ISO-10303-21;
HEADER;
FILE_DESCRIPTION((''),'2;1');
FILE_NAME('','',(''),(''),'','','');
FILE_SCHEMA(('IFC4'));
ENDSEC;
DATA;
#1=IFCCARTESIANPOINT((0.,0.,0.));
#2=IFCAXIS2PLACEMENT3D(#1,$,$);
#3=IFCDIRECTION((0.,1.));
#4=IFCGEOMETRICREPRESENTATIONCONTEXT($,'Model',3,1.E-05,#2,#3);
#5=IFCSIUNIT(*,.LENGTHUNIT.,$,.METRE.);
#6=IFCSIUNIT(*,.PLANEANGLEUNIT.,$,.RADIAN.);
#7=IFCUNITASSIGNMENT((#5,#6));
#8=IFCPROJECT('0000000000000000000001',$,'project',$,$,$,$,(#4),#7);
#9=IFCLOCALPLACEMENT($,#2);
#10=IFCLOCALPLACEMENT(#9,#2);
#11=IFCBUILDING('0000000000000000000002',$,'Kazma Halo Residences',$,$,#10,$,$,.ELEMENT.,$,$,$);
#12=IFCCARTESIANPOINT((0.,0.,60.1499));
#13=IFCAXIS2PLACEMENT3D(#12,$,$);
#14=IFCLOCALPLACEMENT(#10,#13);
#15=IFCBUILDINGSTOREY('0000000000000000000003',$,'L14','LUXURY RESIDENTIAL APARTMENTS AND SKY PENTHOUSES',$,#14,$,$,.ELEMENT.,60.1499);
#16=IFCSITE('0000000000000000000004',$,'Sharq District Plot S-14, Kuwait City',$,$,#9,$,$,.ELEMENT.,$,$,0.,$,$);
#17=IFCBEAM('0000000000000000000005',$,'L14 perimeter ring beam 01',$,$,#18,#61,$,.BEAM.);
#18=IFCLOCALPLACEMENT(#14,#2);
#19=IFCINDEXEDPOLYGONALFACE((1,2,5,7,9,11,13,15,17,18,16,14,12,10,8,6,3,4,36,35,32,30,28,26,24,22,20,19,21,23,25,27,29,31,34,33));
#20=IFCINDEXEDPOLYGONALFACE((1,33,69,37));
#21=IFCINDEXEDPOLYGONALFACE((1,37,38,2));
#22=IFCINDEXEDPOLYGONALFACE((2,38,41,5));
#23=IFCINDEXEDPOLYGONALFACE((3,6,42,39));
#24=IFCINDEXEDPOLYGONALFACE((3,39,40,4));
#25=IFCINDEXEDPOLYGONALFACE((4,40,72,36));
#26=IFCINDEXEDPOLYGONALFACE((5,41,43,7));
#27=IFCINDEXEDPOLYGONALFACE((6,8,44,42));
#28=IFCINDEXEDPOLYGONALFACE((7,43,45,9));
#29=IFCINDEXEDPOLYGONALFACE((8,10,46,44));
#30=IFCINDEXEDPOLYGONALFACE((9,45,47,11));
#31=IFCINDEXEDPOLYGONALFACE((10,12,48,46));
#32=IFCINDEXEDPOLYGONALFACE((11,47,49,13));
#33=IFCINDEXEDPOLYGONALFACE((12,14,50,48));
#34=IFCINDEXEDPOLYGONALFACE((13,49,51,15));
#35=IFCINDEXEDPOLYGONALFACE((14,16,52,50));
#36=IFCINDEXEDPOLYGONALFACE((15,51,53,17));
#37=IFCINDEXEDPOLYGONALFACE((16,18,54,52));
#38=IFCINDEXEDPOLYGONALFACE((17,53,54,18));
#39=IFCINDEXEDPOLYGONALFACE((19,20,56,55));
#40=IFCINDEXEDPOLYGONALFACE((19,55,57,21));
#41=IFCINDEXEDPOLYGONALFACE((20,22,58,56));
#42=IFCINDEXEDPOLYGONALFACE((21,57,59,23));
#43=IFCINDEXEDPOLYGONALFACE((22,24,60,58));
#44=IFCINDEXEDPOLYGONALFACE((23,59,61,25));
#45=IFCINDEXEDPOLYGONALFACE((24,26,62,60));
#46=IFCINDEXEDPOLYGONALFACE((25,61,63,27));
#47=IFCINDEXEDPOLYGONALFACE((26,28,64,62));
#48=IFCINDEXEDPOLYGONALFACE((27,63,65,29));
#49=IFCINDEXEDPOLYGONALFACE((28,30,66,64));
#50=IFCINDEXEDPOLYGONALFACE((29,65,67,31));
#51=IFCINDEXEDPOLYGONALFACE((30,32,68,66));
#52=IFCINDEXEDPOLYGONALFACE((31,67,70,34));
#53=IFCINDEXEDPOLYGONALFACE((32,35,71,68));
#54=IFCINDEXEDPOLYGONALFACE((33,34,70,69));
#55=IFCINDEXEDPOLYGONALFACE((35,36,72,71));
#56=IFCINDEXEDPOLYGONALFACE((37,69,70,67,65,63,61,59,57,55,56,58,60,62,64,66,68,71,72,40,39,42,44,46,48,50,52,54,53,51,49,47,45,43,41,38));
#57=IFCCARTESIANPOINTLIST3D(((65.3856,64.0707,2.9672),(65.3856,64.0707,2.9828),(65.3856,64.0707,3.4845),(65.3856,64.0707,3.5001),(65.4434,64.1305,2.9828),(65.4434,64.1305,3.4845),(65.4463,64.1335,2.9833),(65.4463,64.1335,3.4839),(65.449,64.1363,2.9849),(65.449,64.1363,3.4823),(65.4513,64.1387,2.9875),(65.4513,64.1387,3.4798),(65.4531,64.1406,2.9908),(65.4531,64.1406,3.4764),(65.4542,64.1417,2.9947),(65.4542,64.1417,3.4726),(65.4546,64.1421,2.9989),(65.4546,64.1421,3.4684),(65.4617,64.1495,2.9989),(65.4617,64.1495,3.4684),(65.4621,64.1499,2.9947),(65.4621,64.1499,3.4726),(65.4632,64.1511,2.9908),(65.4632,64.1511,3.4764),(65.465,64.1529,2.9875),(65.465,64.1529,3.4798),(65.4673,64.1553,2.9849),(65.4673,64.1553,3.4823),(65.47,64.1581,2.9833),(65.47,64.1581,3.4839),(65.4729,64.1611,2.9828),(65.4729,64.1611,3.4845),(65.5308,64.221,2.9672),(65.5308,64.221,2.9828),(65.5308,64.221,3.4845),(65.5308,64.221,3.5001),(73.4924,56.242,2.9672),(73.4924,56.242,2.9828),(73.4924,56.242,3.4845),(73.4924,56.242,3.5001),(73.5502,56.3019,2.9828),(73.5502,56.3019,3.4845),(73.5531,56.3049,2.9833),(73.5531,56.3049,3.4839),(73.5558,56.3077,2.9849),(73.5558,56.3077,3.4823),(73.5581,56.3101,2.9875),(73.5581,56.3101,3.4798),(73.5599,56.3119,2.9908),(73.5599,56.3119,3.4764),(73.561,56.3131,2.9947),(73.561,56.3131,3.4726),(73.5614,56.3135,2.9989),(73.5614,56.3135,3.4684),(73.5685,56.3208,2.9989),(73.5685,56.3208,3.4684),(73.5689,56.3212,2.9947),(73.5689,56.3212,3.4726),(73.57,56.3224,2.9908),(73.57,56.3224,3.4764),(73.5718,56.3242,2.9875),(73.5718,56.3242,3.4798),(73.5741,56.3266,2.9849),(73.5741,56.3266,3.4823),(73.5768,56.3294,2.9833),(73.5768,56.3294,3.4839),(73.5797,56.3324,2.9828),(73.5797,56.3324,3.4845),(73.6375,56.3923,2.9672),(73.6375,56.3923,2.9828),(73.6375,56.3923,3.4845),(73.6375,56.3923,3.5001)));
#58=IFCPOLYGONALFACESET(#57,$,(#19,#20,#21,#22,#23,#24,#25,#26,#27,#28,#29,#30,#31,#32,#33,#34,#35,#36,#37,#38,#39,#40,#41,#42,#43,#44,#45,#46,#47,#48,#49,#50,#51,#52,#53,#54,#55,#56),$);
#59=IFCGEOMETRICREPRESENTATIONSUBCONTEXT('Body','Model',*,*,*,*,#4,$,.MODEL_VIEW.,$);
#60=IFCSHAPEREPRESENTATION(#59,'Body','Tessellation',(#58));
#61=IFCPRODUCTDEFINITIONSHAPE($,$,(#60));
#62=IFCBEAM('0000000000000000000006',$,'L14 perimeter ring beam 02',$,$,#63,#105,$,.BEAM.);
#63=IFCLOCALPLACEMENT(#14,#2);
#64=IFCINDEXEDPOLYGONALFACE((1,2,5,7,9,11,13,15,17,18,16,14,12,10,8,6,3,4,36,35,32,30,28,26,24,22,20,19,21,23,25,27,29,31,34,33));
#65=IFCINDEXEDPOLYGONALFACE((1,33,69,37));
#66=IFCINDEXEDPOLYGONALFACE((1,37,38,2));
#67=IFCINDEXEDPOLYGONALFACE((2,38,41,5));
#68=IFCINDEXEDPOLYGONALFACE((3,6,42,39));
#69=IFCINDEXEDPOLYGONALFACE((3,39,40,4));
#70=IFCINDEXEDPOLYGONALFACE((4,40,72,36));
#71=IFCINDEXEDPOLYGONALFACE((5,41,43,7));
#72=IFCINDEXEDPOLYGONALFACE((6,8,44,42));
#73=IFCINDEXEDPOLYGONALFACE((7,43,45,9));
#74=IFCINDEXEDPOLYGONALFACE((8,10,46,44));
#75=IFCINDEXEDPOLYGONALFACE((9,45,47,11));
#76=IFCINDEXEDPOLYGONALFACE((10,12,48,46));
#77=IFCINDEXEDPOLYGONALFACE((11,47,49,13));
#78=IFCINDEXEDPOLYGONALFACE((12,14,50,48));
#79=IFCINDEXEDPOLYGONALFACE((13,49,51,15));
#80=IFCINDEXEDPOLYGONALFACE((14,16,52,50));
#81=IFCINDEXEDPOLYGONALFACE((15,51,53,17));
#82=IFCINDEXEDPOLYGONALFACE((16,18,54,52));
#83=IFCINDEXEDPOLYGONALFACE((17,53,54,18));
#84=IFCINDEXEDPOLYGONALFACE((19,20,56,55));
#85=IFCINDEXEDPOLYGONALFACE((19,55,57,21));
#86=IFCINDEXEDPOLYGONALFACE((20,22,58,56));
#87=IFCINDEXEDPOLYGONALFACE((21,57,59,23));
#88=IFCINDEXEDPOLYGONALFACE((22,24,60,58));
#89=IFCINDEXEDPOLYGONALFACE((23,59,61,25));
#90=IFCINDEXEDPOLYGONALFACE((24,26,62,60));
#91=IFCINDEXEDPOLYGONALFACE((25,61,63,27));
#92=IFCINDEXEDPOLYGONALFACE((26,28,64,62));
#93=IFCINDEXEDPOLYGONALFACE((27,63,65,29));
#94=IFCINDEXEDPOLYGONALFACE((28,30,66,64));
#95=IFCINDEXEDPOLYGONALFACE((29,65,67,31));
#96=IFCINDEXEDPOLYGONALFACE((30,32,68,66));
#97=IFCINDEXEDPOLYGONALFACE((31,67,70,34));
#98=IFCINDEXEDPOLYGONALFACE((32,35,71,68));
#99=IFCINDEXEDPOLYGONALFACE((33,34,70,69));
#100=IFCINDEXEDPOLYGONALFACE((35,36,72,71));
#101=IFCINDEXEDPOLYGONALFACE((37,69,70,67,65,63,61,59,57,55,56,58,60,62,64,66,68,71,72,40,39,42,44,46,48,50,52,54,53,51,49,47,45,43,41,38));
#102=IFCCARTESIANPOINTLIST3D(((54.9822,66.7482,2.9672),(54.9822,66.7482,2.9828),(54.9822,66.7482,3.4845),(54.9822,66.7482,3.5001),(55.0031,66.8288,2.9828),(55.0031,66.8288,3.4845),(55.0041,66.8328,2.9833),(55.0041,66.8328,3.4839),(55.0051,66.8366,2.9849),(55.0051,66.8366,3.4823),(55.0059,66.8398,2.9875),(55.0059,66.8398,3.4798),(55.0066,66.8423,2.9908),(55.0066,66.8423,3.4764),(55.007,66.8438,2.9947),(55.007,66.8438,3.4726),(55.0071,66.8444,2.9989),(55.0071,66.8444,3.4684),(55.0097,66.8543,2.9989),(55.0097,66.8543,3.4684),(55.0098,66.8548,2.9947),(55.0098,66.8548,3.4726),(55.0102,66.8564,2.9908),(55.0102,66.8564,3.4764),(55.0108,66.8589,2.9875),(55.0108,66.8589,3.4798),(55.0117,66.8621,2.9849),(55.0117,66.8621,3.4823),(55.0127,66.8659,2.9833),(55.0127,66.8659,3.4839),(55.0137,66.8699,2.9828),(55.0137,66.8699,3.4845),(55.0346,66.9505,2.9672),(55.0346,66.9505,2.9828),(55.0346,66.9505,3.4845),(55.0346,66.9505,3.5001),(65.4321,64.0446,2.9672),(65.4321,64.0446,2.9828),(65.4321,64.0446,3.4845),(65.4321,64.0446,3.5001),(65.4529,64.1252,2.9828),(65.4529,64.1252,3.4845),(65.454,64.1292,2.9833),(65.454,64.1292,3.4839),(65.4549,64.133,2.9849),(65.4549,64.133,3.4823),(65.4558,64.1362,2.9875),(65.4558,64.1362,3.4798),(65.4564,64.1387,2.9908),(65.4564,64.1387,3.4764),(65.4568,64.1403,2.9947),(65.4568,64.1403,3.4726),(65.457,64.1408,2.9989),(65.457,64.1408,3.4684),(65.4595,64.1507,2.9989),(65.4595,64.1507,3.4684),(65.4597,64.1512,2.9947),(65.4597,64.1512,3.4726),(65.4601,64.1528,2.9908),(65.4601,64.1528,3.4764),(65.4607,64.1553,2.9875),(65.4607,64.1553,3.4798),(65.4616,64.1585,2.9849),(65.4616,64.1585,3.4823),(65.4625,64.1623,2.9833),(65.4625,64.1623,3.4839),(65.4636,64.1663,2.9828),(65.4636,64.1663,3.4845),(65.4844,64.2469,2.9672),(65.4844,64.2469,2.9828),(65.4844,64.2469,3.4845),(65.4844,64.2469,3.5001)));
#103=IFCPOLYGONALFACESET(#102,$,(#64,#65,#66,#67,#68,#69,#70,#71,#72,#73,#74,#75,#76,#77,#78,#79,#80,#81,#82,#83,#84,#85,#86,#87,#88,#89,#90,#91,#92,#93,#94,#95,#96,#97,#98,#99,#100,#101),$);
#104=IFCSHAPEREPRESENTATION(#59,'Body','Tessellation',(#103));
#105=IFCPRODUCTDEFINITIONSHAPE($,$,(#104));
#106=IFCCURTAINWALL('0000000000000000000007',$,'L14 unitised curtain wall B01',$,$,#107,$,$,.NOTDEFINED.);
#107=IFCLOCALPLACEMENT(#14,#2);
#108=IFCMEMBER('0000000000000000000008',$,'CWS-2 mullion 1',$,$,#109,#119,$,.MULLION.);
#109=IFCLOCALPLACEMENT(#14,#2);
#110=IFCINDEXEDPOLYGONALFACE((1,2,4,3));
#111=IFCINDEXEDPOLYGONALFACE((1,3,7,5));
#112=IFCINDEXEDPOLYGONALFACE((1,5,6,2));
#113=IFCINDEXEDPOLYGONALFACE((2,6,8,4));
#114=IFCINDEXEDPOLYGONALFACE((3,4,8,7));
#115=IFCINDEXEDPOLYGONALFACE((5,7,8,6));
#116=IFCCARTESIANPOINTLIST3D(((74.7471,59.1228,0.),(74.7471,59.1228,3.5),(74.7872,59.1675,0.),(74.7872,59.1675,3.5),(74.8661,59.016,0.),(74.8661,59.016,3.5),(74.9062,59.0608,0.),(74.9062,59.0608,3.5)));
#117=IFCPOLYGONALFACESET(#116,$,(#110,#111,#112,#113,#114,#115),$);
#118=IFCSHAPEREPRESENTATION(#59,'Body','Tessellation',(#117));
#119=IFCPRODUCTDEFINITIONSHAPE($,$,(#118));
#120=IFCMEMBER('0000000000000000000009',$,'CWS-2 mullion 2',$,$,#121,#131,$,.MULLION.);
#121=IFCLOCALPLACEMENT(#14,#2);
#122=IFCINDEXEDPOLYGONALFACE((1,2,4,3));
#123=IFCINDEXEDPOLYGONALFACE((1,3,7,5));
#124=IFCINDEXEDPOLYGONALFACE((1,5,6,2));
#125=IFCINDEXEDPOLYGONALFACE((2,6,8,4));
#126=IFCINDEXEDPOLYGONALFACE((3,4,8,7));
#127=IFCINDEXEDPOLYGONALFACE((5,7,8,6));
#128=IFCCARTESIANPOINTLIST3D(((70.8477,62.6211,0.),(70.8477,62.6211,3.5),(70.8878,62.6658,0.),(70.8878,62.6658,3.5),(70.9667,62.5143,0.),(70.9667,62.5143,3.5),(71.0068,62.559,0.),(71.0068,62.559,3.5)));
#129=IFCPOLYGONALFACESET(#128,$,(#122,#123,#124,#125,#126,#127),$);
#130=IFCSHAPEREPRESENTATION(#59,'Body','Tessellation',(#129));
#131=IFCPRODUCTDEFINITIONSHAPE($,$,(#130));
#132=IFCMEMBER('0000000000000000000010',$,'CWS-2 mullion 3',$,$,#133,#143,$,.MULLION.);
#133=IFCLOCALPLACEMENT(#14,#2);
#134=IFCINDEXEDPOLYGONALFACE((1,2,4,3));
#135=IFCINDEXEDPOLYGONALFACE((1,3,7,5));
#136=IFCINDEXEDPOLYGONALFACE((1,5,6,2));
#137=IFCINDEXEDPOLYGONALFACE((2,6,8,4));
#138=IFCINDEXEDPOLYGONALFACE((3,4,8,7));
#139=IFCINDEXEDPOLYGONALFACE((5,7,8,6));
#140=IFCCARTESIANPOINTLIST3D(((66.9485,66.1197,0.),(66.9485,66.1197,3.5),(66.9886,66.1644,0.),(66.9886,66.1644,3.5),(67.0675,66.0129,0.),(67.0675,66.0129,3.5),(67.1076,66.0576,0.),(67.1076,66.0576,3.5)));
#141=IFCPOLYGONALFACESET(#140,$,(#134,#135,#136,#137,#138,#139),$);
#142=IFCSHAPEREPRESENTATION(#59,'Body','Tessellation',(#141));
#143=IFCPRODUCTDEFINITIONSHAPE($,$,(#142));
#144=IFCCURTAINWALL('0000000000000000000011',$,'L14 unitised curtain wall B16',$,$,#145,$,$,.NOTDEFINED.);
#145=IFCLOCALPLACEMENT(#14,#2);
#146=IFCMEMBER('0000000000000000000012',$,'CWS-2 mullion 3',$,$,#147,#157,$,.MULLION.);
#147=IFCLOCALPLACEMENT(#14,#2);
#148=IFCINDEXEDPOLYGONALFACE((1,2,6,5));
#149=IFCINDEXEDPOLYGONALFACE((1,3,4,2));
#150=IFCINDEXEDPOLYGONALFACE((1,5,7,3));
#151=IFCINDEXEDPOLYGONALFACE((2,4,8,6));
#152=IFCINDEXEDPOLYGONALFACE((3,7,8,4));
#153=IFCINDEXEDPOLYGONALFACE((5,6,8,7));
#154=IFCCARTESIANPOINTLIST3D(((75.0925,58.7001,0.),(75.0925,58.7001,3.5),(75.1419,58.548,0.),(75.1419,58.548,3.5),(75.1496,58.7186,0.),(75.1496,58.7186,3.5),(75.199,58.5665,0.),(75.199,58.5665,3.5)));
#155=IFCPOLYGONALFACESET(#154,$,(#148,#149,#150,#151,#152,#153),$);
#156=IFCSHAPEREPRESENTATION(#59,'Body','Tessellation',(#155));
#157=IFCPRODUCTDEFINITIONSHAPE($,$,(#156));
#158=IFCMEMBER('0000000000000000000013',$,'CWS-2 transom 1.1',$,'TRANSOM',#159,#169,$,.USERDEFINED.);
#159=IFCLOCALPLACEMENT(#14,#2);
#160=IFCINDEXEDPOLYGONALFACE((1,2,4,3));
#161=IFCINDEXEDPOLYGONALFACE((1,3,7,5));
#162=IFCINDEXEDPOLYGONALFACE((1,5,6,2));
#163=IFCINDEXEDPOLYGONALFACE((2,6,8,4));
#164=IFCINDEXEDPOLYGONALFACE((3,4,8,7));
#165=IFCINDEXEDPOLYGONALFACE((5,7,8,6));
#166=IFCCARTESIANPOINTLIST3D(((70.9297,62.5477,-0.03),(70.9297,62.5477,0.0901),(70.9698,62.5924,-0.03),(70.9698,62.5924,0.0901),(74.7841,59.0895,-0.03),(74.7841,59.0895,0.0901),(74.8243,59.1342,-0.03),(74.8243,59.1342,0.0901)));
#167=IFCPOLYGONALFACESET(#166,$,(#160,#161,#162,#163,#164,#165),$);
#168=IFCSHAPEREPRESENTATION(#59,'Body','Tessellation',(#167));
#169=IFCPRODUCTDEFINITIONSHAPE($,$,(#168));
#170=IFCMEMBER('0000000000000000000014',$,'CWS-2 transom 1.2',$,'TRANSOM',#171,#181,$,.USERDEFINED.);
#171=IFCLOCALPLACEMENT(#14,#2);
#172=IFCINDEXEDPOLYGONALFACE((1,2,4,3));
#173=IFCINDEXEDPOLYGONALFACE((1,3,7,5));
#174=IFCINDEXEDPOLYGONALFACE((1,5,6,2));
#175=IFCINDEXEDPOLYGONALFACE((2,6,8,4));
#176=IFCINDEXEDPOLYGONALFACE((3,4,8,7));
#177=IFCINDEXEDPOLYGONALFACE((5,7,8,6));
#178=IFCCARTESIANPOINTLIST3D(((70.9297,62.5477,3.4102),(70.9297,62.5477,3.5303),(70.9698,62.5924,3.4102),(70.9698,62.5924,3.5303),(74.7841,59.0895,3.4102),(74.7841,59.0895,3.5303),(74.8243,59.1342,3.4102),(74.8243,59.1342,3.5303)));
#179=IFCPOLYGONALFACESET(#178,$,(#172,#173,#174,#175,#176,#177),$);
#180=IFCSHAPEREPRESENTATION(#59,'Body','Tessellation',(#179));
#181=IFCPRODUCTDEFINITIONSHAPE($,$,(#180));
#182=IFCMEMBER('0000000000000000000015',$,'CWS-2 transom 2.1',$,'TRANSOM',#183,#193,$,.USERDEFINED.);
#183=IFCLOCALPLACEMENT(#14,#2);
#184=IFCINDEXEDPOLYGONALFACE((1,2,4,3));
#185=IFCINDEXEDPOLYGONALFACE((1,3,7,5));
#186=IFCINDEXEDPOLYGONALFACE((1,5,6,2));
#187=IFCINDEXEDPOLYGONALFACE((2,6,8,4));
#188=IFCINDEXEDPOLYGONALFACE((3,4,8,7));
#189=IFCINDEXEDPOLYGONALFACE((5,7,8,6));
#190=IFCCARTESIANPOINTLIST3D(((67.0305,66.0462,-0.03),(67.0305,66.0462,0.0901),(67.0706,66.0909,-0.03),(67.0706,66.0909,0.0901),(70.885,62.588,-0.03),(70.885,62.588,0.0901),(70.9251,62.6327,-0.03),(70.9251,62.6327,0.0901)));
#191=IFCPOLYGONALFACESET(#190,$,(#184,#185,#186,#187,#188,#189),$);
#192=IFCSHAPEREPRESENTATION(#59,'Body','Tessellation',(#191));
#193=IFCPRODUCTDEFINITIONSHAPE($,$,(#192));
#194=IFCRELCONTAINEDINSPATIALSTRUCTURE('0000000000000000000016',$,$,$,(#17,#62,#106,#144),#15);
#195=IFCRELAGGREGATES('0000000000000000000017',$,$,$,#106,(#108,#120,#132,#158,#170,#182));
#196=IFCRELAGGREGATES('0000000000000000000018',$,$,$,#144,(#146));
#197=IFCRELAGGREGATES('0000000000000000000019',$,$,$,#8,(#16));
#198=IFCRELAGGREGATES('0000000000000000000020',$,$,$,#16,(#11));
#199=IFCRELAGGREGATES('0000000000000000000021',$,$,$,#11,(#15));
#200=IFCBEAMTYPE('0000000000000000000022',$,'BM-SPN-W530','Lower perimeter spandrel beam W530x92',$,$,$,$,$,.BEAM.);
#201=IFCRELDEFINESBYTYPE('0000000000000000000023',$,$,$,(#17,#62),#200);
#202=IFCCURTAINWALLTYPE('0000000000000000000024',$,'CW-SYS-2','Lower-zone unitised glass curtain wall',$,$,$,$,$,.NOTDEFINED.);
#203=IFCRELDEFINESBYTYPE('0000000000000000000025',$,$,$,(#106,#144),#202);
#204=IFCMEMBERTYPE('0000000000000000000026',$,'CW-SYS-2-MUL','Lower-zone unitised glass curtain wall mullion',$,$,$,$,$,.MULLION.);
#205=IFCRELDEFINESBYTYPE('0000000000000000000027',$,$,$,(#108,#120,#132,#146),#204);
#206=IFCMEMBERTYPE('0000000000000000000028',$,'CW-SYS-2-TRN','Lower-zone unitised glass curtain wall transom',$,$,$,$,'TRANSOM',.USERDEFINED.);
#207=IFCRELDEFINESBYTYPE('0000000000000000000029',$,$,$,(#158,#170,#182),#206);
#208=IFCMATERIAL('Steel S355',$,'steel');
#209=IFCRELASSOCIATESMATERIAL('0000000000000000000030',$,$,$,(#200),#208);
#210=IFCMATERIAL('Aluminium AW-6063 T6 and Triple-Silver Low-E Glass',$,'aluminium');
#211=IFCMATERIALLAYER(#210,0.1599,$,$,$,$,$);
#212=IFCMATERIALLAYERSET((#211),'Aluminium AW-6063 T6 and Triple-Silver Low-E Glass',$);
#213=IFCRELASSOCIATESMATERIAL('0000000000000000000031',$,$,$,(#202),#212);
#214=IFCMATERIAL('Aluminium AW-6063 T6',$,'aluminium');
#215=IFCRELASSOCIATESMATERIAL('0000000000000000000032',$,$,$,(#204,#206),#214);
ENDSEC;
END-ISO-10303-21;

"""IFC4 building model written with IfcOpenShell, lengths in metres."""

from ifc_helpers import new_model, si_unit, direction, frame, origin, origin_2d, place, context, subcontext, project, spatial, rectangle, i_section, extrude, material, layer, layer_set, material_profile, profile_set, type_object, element, aggregate, save


model = new_model("IFC4")

# Units and contexts
model_context = context("Model", 3, precision=1e-05, world=origin(), true_north=direction((0.0, 1.0)))
body_context = subcontext(model_context, "Body", "Model", "MODEL_VIEW")
ifc_project = project(units=[si_unit("LENGTHUNIT", "METRE"), si_unit("PLANEANGLEUNIT", "RADIAN")], contexts=[model_context])

# Site, building, storey
site_placement = place(None, origin())
site = spatial("IfcSite", under=ifc_project, at=site_placement, Name="Sharq District Plot S-14, Kuwait City", CompositionType="ELEMENT", RefElevation=0.0)
building_placement = place(site_placement, origin())
building = spatial("IfcBuilding", under=site, at=building_placement, Name="Kazma Halo Residences", CompositionType="ELEMENT")
storey_placement = place(building_placement, frame((0.0, 0.0, 60.1499)))
storey = spatial("IfcBuildingStorey", under=building, at=storey_placement, Name="L14", Description="LUXURY RESIDENTIAL APARTMENTS AND SKY PENTHOUSES", CompositionType="ELEMENT", Elevation=60.1499)

# Beams
ifc_material_1 = material(Name="Steel S355", Category="steel")
ifc_material_profile_1 = material_profile(ifc_material_1, i_section(OverallWidth=0.209, OverallDepth=0.533, WebThickness=0.0103, FlangeThickness=0.0156, FilletRadius=0.0161, at=origin_2d()), Name="W530x92")
ifc_profile_set_1 = profile_set([ifc_material_profile_1], Name="Steel S355")
beam_type_1 = type_object("IfcBeamType", Name="BM-SPN-W530", Description="Lower perimeter spandrel beam W530x92", PredefinedType="BEAM", material=ifc_profile_set_1)
beam_1_placement = place(storey_placement, frame((73.5649, 56.3171, 3.2336), z_axis=(-0.719337, 0.694662, 0.0), x_axis=(-0.694662, -0.719337, 0.0)))
element("IfcBeam", 1, at=beam_1_placement, inside=storey, type_object=beam_type_1, Name="L14 perimeter ring beam 01", PredefinedType="BEAM", context=body_context, shape_type="SweptSolid", body=[
    extrude(i_section(OverallWidth=0.209, OverallDepth=0.533, WebThickness=0.0103, FlangeThickness=0.0156, FilletRadius=0.0161, at=origin_2d()), origin(), (0.0, 0.0, 1.0), 11.2698),
])
beam_2_placement = place(storey_placement, frame((65.4583, 64.1458, 3.2336), z_axis=(-0.968124, 0.250473, 0.0), x_axis=(-0.250473, -0.968124, 0.0)))
element("IfcBeam", 2, at=beam_2_placement, inside=storey, type_object=beam_type_1, Name="L14 perimeter ring beam 02", PredefinedType="BEAM", context=body_context, shape_type="SweptSolid", body=[
    extrude(i_section(OverallWidth=0.209, OverallDepth=0.533, WebThickness=0.0103, FlangeThickness=0.0156, FilletRadius=0.0161, at=origin_2d()), origin(), (0.0, 0.0, 1.0), 10.7939),
])

# Curtain wall, members
ifc_material_2 = material(Name="Aluminium AW-6063 T6 and Triple-Silver Low-E Glass", Category="aluminium")
ifc_layer_1 = layer(ifc_material_2, 0.1599)
ifc_layer_set_1 = layer_set([ifc_layer_1], Name="Aluminium AW-6063 T6 and Triple-Silver Low-E Glass")
curtain_wall_type = type_object("IfcCurtainWallType", Name="CW-SYS-2", Description="Lower-zone unitised glass curtain wall", PredefinedType="NOTDEFINED", material=ifc_layer_set_1)
curtain_wall_1_placement = place(storey_placement, origin())
curtain_wall_1 = element("IfcCurtainWall", 3, at=curtain_wall_1_placement, inside=storey, type_object=curtain_wall_type, Name="L14 unitised curtain wall B01", PredefinedType="NOTDEFINED")
ifc_material_3 = material(Name="Aluminium AW-6063 T6", Category="aluminium")
ifc_material_profile_2 = material_profile(ifc_material_3, rectangle(XDim=0.0601, YDim=0.1599, at=origin_2d()), Name="CWM-60x160")
ifc_profile_set_2 = profile_set([ifc_material_profile_2], Name="Aluminium AW-6063 T6")
member_type_1 = type_object("IfcMemberType", Name="CW-SYS-2-MUL", Description="Lower-zone unitised glass curtain wall mullion", PredefinedType="MULLION", material=ifc_profile_set_2)
member_1_placement = place(storey_placement, frame((74.8267, 59.0918, 0.0), z_axis=(0.0, 0.0, 1.0), x_axis=(-0.667821, -0.744322, 0.0)))
member_1 = element("IfcMember", 4, at=member_1_placement, type_object=member_type_1, Name="CWS-2 mullion 1", PredefinedType="MULLION", context=body_context, shape_type="SweptSolid", body=[
    extrude(rectangle(XDim=0.0601, YDim=0.1599, at=origin_2d()), origin(), (0.0, 0.0, 1.0), 3.5),
])
member_2_placement = place(storey_placement, frame((70.9272, 62.5901, 0.0), z_axis=(0.0, 0.0, 1.0), x_axis=(-0.667821, -0.744322, 0.0)))
member_2 = element("IfcMember", 5, at=member_2_placement, type_object=member_type_1, Name="CWS-2 mullion 2", PredefinedType="MULLION", context=body_context, shape_type="SweptSolid", body=[
    extrude(rectangle(XDim=0.0601, YDim=0.1599, at=origin_2d()), origin(), (0.0, 0.0, 1.0), 3.5),
])
member_3_placement = place(storey_placement, frame((67.0281, 66.0886, 0.0), z_axis=(0.0, 0.0, 1.0), x_axis=(-0.667821, -0.744322, 0.0)))
member_3 = element("IfcMember", 6, at=member_3_placement, type_object=member_type_1, Name="CWS-2 mullion 3", PredefinedType="MULLION", context=body_context, shape_type="SweptSolid", body=[
    extrude(rectangle(XDim=0.0601, YDim=0.1599, at=origin_2d()), origin(), (0.0, 0.0, 1.0), 3.5),
])

# Curtain wall, member
curtain_wall_2_placement = place(storey_placement, origin())
curtain_wall_2 = element("IfcCurtainWall", 7, at=curtain_wall_2_placement, inside=storey, type_object=curtain_wall_type, Name="L14 unitised curtain wall B16", PredefinedType="NOTDEFINED")
member_4_placement = place(storey_placement, frame((75.1458, 58.6333, 0.0), z_axis=(0.0, 0.0, 1.0), x_axis=(-0.951057, -0.309017, 0.0)))
member_4 = element("IfcMember", 8, at=member_4_placement, type_object=member_type_1, Name="CWS-2 mullion 3", PredefinedType="MULLION", context=body_context, shape_type="SweptSolid", body=[
    extrude(rectangle(XDim=0.0601, YDim=0.1599, at=origin_2d()), origin(), (0.0, 0.0, 1.0), 3.5),
])

# Members
ifc_material_profile_3 = material_profile(ifc_material_3, rectangle(XDim=0.0601, YDim=0.1201, at=origin_2d()), Name="CWT-60x120")
ifc_profile_set_3 = profile_set([ifc_material_profile_3], Name="Aluminium AW-6063 T6")
member_type_2 = type_object("IfcMemberType", Name="CW-SYS-2-TRN", Description="Lower-zone unitised glass curtain wall transom", ElementType="TRANSOM", PredefinedType="USERDEFINED", material=ifc_profile_set_3)
member_5_placement = place(storey_placement, frame((74.8042, 59.1118, 0.03), z_axis=(-0.744329, 0.667813, 0.0), x_axis=(-0.667813, -0.744329, 0.0)))
member_5 = element("IfcMember", 9, at=member_5_placement, type_object=member_type_2, Name="CWS-2 transom 1.1", ObjectType="TRANSOM", PredefinedType="USERDEFINED", context=body_context, shape_type="SweptSolid", body=[
    extrude(rectangle(XDim=0.0601, YDim=0.1201, at=origin_2d()), origin(), (0.0, 0.0, 1.0), 5.1785),
])
member_6_placement = place(storey_placement, frame((74.8042, 59.1118, 3.4702), z_axis=(-0.744329, 0.667813, 0.0), x_axis=(-0.667813, -0.744329, 0.0)))
member_6 = element("IfcMember", 10, at=member_6_placement, type_object=member_type_2, Name="CWS-2 transom 1.2", ObjectType="TRANSOM", PredefinedType="USERDEFINED", context=body_context, shape_type="SweptSolid", body=[
    extrude(rectangle(XDim=0.0601, YDim=0.1201, at=origin_2d()), origin(), (0.0, 0.0, 1.0), 5.1785),
])
member_7_placement = place(storey_placement, frame((70.905, 62.6104, 0.03), z_axis=(-0.744329, 0.667813, 0.0), x_axis=(-0.667813, -0.744329, 0.0)))
member_7 = element("IfcMember", 11, at=member_7_placement, type_object=member_type_2, Name="CWS-2 transom 2.1", ObjectType="TRANSOM", PredefinedType="USERDEFINED", context=body_context, shape_type="SweptSolid", body=[
    extrude(rectangle(XDim=0.0601, YDim=0.1201, at=origin_2d()), origin(), (0.0, 0.0, 1.0), 5.1785),
])

aggregate(curtain_wall_1, [member_1, member_2, member_3, member_5, member_6, member_7])
aggregate(curtain_wall_2, [member_4])

save(model, "model.ifc")
